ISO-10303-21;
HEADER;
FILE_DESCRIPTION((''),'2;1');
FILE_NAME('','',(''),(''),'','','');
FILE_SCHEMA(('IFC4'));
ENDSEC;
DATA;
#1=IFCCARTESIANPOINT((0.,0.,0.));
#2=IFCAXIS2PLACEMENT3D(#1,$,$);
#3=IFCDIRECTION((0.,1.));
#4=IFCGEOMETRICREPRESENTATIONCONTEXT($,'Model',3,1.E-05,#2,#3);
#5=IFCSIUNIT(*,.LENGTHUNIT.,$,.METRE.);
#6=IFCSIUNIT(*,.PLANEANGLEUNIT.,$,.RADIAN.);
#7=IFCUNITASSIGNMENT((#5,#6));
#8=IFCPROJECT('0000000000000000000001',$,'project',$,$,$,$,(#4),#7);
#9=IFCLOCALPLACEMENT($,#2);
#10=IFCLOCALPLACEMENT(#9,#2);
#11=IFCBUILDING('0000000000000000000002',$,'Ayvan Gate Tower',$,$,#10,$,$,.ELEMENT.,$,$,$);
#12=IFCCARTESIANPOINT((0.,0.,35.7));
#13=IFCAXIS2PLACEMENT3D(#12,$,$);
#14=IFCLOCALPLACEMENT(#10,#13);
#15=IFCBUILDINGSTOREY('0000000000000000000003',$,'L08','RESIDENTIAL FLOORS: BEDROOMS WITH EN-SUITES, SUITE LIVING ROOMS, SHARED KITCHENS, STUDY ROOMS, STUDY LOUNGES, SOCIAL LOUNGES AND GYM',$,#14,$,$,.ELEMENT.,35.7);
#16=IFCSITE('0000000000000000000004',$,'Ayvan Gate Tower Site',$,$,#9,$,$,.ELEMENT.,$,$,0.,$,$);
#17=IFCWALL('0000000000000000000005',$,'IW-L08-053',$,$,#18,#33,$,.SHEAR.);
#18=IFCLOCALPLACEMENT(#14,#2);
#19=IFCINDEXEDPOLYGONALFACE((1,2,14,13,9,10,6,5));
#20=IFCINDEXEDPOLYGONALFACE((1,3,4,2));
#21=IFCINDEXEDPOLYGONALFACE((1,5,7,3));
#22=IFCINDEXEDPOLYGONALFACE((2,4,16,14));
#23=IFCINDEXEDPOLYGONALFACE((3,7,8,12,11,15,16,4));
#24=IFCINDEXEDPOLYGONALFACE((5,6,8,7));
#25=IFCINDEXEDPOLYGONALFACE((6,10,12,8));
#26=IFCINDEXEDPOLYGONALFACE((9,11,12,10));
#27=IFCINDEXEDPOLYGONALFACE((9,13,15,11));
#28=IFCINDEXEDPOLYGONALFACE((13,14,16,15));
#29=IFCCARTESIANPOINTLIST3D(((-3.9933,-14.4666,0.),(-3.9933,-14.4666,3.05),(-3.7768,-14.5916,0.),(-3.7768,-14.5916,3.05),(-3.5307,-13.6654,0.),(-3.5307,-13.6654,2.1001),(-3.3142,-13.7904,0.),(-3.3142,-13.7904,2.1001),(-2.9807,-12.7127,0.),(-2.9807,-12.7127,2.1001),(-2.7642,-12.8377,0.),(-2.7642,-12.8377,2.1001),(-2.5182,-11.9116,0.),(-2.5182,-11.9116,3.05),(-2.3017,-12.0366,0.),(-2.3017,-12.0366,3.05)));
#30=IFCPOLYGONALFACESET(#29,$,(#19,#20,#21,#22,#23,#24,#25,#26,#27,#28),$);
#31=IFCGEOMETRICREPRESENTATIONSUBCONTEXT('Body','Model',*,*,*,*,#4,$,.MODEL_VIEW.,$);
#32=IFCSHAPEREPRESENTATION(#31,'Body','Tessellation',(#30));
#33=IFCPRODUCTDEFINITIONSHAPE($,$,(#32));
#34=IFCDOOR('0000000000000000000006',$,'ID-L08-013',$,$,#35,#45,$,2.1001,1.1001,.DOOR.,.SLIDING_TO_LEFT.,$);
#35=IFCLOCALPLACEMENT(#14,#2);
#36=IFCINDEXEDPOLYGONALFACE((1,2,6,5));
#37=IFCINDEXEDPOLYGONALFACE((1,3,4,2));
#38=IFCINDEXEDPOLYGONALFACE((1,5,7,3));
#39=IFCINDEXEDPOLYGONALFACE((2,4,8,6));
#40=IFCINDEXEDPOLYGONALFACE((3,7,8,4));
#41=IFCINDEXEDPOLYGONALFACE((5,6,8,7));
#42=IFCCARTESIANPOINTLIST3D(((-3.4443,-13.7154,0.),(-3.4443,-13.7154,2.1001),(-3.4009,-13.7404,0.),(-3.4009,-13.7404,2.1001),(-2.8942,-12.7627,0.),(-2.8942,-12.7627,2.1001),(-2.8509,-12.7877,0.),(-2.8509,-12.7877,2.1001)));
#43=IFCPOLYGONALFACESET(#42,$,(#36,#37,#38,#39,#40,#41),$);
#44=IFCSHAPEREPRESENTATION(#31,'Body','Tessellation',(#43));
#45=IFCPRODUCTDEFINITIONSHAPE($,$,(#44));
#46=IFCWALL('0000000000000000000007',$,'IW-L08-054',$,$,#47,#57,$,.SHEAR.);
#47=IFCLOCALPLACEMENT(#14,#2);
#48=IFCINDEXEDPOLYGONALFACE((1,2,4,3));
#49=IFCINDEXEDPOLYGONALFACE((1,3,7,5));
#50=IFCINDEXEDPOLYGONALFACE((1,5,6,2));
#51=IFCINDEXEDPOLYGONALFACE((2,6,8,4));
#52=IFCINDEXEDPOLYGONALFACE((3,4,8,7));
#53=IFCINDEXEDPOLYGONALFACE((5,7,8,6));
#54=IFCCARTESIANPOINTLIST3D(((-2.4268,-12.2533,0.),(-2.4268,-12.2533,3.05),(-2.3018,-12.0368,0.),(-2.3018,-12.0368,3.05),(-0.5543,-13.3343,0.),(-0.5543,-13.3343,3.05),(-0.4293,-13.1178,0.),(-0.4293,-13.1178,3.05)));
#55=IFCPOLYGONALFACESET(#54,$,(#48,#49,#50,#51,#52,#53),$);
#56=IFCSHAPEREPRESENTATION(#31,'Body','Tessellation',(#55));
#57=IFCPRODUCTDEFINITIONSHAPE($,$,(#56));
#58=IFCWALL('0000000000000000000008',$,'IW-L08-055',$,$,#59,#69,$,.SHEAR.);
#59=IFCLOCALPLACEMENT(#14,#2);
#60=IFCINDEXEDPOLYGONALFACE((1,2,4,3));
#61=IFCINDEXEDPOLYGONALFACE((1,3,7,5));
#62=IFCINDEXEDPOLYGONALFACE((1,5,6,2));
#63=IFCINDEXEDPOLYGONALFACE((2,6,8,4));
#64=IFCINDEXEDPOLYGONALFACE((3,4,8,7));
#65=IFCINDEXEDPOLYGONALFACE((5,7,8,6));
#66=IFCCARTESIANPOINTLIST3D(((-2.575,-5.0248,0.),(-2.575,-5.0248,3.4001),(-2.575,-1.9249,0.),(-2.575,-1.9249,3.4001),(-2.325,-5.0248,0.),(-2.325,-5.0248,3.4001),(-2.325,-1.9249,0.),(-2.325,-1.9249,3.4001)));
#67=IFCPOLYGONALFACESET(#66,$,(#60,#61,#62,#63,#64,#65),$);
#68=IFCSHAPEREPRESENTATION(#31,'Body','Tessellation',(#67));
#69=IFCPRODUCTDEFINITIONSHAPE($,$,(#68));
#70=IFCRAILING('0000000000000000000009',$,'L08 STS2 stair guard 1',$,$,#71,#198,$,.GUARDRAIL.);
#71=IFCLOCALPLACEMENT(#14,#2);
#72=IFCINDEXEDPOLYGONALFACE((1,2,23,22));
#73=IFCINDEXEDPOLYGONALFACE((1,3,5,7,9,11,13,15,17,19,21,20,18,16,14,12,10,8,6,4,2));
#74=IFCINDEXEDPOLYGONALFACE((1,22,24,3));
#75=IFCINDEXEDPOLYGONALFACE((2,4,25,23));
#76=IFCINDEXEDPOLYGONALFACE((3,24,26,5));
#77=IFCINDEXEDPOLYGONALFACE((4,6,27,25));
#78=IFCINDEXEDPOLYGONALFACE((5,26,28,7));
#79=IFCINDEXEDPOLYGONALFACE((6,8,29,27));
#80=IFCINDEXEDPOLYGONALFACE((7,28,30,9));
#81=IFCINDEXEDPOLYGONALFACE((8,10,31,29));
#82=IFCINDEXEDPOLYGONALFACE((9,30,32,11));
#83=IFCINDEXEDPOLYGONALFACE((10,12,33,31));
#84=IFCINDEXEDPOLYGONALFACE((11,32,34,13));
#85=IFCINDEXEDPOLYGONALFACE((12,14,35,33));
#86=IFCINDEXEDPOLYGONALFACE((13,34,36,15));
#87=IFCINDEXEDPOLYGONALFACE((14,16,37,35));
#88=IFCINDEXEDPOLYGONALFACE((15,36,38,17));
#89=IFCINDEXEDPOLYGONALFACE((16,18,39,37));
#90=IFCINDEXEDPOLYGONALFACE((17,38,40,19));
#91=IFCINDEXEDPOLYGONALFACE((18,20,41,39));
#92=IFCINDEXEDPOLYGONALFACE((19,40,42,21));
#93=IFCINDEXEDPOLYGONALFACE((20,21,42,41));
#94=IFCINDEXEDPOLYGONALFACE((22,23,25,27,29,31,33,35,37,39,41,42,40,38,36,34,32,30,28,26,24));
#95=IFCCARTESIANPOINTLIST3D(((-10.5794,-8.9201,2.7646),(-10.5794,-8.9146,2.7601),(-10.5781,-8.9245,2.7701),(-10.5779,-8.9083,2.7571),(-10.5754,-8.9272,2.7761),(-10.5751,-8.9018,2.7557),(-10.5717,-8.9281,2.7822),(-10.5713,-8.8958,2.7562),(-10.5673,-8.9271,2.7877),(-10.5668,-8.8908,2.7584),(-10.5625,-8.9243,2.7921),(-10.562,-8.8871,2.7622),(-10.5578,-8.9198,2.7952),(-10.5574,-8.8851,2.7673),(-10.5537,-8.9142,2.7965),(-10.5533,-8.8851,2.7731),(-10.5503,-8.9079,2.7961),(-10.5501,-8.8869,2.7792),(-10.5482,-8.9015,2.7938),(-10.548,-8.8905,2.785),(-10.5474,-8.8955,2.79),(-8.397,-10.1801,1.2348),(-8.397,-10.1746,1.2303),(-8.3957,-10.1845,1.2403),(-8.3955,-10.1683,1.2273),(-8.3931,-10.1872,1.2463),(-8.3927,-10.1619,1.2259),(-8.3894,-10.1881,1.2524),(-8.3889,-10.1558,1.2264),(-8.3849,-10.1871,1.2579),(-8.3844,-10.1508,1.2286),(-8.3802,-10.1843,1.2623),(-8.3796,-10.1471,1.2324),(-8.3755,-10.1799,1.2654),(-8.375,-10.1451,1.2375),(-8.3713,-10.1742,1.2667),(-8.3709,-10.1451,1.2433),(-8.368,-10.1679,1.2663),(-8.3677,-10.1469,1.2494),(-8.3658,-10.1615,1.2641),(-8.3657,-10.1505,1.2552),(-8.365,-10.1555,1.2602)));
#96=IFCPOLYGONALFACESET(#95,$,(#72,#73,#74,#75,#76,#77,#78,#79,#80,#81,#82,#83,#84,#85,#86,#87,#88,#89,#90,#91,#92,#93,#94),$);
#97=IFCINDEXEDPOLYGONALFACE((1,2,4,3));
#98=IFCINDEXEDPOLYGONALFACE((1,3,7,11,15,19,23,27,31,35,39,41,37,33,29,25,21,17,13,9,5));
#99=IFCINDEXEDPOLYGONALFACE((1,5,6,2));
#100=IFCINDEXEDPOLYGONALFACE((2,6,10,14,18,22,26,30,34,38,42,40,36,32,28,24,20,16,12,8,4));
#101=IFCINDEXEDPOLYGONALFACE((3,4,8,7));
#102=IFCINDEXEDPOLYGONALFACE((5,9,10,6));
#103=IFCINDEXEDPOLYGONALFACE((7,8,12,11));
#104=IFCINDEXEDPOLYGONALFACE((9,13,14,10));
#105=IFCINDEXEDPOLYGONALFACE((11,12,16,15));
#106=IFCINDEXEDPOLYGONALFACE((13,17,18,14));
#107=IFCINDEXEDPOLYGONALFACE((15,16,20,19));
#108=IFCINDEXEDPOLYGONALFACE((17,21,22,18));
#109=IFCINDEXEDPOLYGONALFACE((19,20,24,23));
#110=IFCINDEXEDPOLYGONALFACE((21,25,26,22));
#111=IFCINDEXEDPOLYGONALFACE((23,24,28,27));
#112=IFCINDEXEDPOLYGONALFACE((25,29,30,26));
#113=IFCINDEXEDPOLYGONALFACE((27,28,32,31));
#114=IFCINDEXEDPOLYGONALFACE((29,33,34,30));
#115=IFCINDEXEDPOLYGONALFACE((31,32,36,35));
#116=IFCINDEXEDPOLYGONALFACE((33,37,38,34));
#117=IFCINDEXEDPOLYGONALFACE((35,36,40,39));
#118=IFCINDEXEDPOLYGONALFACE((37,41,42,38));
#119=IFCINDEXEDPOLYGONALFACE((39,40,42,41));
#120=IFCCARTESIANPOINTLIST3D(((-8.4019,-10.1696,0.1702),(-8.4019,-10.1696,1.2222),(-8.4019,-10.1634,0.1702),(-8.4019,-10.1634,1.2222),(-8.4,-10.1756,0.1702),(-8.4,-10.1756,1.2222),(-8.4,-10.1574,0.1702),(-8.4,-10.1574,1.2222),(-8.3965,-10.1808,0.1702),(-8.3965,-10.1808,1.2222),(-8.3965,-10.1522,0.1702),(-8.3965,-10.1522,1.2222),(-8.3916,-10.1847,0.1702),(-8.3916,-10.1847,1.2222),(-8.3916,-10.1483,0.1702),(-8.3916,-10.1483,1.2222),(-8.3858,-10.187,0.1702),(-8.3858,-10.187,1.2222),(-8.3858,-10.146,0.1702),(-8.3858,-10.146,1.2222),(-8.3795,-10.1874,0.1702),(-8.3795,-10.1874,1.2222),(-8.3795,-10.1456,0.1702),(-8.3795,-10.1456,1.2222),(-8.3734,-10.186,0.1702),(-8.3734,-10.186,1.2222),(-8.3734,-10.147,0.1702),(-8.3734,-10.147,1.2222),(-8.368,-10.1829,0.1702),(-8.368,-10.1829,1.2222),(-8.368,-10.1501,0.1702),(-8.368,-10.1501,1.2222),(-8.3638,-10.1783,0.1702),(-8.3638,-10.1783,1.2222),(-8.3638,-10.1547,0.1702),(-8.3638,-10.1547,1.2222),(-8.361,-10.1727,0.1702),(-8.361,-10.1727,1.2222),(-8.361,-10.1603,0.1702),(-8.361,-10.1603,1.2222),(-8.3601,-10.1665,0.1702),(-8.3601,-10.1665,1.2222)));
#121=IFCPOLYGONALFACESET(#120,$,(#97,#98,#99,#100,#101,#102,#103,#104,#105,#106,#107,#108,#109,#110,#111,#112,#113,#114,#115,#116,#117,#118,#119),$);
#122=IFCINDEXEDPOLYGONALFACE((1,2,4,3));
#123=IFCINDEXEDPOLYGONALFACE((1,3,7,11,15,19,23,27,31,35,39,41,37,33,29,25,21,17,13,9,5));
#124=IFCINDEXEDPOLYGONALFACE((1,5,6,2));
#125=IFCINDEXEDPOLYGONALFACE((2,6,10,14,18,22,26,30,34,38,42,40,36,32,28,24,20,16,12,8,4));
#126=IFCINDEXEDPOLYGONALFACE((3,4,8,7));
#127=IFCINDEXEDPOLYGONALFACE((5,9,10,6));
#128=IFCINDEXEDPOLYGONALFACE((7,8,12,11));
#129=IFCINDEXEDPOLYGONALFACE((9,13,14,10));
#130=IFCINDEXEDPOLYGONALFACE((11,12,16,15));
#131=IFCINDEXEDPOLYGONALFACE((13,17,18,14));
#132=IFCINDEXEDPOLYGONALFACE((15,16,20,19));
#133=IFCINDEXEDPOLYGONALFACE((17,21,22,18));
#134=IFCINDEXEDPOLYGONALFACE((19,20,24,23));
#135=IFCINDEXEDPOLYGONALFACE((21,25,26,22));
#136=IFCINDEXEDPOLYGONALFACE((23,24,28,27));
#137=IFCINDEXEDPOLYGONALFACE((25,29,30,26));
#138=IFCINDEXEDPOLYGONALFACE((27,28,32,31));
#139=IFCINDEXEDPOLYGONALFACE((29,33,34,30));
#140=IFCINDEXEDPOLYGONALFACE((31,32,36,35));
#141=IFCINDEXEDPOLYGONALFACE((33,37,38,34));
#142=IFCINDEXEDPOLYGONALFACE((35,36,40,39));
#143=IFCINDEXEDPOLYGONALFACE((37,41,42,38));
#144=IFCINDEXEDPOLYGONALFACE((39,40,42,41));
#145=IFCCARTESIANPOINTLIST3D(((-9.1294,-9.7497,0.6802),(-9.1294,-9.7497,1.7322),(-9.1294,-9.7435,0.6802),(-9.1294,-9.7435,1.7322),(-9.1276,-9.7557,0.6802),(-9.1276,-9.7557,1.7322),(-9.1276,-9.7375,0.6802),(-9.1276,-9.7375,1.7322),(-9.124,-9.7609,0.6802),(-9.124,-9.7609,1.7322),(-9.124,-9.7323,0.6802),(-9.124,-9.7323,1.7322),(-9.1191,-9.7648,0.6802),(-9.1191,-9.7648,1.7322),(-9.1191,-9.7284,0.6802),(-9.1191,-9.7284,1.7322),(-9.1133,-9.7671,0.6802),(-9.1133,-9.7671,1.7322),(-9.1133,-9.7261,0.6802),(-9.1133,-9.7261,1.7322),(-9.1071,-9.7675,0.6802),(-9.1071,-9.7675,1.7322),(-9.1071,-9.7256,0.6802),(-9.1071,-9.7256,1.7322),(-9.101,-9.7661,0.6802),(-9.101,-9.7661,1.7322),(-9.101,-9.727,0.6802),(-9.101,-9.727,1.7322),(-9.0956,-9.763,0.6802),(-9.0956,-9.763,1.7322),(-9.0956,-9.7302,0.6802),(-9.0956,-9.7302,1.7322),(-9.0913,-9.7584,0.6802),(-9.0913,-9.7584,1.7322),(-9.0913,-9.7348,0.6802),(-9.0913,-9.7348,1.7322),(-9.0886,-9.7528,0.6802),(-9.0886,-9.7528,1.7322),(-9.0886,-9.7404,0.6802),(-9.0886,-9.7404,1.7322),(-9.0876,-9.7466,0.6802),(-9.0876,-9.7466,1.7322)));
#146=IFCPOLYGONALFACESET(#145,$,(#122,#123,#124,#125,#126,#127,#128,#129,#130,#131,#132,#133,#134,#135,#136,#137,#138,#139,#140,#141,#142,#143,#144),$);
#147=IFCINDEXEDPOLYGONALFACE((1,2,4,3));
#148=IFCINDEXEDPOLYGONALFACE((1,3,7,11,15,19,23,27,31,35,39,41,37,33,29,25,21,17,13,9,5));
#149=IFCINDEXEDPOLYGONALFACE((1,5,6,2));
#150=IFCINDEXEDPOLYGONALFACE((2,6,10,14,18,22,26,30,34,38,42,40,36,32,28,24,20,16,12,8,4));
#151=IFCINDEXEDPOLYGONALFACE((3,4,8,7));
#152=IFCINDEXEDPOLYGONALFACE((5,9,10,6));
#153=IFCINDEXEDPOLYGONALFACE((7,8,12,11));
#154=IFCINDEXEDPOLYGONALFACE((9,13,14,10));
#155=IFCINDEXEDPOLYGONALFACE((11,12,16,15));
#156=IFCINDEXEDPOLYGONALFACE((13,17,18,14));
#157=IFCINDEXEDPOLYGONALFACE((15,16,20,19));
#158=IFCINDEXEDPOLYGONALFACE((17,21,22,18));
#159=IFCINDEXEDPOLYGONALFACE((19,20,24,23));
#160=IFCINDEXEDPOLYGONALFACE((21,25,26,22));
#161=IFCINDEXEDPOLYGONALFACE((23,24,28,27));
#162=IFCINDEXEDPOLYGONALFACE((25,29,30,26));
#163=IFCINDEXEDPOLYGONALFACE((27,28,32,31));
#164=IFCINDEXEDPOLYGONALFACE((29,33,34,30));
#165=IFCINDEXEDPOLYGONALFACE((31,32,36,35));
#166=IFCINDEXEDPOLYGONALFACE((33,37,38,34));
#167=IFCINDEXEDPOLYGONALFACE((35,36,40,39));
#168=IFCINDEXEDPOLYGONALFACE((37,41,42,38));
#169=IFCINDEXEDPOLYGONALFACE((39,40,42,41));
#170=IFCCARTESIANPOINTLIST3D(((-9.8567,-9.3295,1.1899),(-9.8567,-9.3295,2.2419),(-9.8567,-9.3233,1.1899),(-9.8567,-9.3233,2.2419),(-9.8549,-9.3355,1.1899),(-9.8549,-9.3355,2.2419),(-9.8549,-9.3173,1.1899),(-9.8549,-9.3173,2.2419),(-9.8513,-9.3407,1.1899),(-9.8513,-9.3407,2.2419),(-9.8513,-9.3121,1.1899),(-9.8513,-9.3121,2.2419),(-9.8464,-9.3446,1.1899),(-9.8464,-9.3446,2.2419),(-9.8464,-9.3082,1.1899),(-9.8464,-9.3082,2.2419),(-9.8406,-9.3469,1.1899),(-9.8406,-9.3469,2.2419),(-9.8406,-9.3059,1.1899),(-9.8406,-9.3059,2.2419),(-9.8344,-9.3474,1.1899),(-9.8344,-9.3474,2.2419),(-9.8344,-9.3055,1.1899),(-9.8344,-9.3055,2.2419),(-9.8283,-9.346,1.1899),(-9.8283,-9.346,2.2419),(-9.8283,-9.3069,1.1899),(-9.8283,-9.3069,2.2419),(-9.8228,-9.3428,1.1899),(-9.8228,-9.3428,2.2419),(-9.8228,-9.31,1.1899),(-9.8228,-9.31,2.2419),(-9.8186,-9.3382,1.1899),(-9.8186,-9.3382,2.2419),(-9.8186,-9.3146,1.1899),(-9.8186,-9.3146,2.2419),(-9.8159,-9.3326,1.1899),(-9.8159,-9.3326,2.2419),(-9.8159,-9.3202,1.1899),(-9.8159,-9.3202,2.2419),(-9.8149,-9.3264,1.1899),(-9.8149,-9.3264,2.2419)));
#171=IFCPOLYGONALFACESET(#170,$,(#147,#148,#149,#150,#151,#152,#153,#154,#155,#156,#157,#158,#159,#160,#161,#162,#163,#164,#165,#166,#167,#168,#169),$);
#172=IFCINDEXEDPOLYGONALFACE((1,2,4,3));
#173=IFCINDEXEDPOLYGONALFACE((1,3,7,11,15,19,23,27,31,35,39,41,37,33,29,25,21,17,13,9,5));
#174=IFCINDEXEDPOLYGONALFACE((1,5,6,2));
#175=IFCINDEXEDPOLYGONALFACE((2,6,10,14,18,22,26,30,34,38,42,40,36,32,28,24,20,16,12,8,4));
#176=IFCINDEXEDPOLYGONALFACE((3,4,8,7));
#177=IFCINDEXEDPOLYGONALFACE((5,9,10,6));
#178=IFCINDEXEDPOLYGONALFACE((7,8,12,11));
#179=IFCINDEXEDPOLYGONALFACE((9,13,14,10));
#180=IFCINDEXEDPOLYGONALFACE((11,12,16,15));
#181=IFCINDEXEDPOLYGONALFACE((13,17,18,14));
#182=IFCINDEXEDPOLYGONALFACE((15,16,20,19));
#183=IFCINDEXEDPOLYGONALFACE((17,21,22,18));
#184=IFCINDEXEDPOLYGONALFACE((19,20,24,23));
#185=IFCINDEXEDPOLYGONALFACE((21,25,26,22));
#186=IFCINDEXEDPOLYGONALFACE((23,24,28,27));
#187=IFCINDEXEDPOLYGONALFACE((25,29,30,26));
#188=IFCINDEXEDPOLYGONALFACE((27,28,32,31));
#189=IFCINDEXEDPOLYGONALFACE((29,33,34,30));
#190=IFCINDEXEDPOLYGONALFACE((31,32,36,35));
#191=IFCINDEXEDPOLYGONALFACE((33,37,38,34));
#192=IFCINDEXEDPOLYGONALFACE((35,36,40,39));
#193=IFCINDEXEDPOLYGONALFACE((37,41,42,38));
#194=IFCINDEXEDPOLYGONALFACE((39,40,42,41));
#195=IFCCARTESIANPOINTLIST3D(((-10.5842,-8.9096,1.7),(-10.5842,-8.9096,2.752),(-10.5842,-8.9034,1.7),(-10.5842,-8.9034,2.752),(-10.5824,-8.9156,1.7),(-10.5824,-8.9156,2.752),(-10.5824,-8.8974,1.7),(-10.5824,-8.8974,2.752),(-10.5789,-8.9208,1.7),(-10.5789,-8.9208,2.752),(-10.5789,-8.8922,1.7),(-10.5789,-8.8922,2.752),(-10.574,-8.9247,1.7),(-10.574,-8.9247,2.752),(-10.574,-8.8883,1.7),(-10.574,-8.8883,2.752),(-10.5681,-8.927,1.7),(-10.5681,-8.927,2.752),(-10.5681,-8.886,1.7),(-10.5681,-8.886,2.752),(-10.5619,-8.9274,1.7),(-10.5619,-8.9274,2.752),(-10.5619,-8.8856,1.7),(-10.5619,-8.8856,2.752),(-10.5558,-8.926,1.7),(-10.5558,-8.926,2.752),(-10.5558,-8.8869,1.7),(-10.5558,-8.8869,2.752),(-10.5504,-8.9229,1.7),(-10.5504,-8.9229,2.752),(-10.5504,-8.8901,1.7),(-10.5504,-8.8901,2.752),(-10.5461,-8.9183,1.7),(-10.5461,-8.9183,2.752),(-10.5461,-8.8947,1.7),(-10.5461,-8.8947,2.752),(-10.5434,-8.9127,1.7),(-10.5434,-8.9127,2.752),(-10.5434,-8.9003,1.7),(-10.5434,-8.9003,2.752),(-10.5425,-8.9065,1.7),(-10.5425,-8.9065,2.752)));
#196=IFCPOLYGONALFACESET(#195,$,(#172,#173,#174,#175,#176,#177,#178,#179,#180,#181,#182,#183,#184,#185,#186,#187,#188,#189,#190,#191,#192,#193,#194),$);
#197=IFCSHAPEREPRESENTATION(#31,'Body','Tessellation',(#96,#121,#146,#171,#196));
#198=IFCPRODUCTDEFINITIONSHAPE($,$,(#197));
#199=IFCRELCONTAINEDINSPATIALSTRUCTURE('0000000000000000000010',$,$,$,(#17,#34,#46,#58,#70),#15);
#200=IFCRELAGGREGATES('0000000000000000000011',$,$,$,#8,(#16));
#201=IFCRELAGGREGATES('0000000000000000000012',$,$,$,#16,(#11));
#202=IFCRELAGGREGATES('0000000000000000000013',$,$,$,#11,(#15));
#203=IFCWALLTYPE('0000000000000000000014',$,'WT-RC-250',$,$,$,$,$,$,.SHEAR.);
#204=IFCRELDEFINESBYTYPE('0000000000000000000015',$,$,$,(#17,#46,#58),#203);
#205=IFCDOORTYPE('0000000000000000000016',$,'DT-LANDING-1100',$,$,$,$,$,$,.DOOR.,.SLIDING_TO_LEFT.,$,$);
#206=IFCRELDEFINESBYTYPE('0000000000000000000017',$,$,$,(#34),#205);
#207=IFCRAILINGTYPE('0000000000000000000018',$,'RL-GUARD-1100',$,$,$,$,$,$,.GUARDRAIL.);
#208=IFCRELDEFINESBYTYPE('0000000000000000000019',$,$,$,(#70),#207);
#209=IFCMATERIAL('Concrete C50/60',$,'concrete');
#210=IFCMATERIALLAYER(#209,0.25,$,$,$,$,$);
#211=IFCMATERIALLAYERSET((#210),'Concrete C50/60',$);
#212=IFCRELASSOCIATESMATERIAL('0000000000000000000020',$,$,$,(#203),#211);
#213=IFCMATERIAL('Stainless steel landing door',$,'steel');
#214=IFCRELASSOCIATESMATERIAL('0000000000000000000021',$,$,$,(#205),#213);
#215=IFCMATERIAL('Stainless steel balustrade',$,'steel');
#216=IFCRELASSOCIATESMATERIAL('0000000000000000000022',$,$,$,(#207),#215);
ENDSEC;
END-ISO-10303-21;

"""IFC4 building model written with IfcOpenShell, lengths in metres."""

from ifc_helpers import new_model, si_unit, direction, frame, frame_2d, origin, origin_2d, place, context, subcontext, project, spatial, rectangle, circle, extrude, material, layer, layer_set, type_object, element, fill, save


model = new_model("IFC4")

# Units and contexts
model_context = context("Model", 3, precision=1e-05, world=origin(), true_north=direction((0.0, 1.0)))
body_context = subcontext(model_context, "Body", "Model", "MODEL_VIEW")
ifc_project = project(units=[si_unit("LENGTHUNIT", "METRE"), si_unit("PLANEANGLEUNIT", "RADIAN")], contexts=[model_context])

# Site, building, storey
site_placement = place(None, origin())
site = spatial("IfcSite", under=ifc_project, at=site_placement, Name="Ayvan Gate Tower Site", CompositionType="ELEMENT", RefElevation=0.0)
building_placement = place(site_placement, origin())
building = spatial("IfcBuilding", under=site, at=building_placement, Name="Ayvan Gate Tower", CompositionType="ELEMENT")
storey_placement = place(building_placement, frame((0.0, 0.0, 35.7)))
storey = spatial("IfcBuildingStorey", under=building, at=storey_placement, Name="L08", Description="RESIDENTIAL FLOORS: BEDROOMS WITH EN-SUITES, SUITE LIVING ROOMS, SHARED KITCHENS, STUDY ROOMS, STUDY LOUNGES, SOCIAL LOUNGES AND GYM", CompositionType="ELEMENT", Elevation=35.7)

# Shared definitions
ifc_material_1 = material(Name="Concrete C50/60", Category="concrete")
ifc_layer_1 = layer(ifc_material_1, 0.25)
ifc_layer_set_1 = layer_set([ifc_layer_1], Name="Concrete C50/60")
wall_type_1 = type_object("IfcWallType", Name="WT-RC-250", PredefinedType="SHEAR", material=ifc_layer_set_1)

# Wall, opening, door
wall_1_placement = place(storey_placement, frame((-2.4099, -11.9741, 0.0), z_axis=(0.0, 0.0, 1.0), x_axis=(-0.500002, -0.866024, 0.0)))
wall_1 = element("IfcWall", 1, at=wall_1_placement, inside=storey, type_object=wall_type_1, Name="IW-L08-053", PredefinedType="SHEAR", context=body_context, shape_type="SweptSolid", body=[
    extrude(rectangle(XDim=2.9502, YDim=0.25, at=frame_2d((1.4751, 0.0))), origin(), (0.0, 0.0, 1.0), 3.05),
])
opening_1_placement = place(wall_1_placement, frame((0.925, 0.0, 0.0)))
opening_1 = element("IfcOpeningElement", 2, at=opening_1_placement, cuts=wall_1, PredefinedType="OPENING", context=body_context, shape_type="SweptSolid", body=[
    extrude(rectangle(XDim=1.1001, YDim=2.1001, at=frame_2d((0.55, 1.05))), frame((0.0, 0.135, 0.0), z_axis=(0.0, -1.0, 0.0), x_axis=(1.0, 0.0, 0.0)), (0.0, 0.0, 1.0), 0.27),
])
ifc_material_2 = material(Name="Stainless steel landing door", Category="steel")
door_type_1 = type_object("IfcDoorType", Name="DT-LANDING-1100", OperationType="SLIDING_TO_LEFT", PredefinedType="DOOR", material=ifc_material_2)
door_1_placement = place(opening_1_placement, origin())
door_1 = element("IfcDoor", 3, at=door_1_placement, inside=storey, type_object=door_type_1, Name="ID-L08-013", OperationType="SLIDING_TO_LEFT", OverallHeight=2.1001, OverallWidth=1.1001, PredefinedType="DOOR", context=body_context, shape_type="SweptSolid", body=[
    extrude(rectangle(XDim=1.1001, YDim=2.1001, at=frame_2d((0.55, 1.05))), frame((0.0, 0.0249, 0.0), z_axis=(0.0, -1.0, 0.0), x_axis=(1.0, 0.0, 0.0)), (0.0, 0.0, 1.0), 0.05),
])
fill(opening_1, door_1)

# Walls
wall_2_placement = place(storey_placement, frame((-2.3643, -12.145, 0.0), z_axis=(0.0, 0.0, 1.0), x_axis=(0.866039, -0.499977, 0.0)))
element("IfcWall", 4, at=wall_2_placement, inside=storey, type_object=wall_type_1, Name="IW-L08-054", PredefinedType="SHEAR", context=body_context, shape_type="SweptSolid", body=[
    extrude(rectangle(XDim=2.1621, YDim=0.25, at=frame_2d((1.0811, 0.0))), origin(), (0.0, 0.0, 1.0), 3.05),
])
wall_3_placement = place(storey_placement, frame((-2.45, -1.925, 0.0), z_axis=(0.0, 0.0, 1.0), x_axis=(0.0, -1.0, 0.0)))
element("IfcWall", 5, at=wall_3_placement, inside=storey, type_object=wall_type_1, Name="IW-L08-055", PredefinedType="SHEAR", context=body_context, shape_type="SweptSolid", body=[
    extrude(rectangle(XDim=3.0999, YDim=0.25, at=frame_2d((1.5498, 0.0))), origin(), (0.0, 0.0, 1.0), 3.4001),
])

# Railing
ifc_material_3 = material(Name="Stainless steel balustrade", Category="steel")
railing_type_1 = type_object("IfcRailingType", Name="RL-GUARD-1100", PredefinedType="GUARDRAIL", material=ifc_material_3)
railing_1_placement = place(storey_placement, frame((-8.3811, -10.1665, 0.1702)))
element("IfcRailing", 6, at=railing_1_placement, inside=storey, type_object=railing_type_1, Name="L08 STS2 stair guard 1", PredefinedType="GUARDRAIL", context=body_context, shape_type="SweptSolid", body=[
    extrude(circle(Radius=0.0239, at=origin_2d()), frame((0.0, 0.0, 1.0762), z_axis=(-0.740293, 0.427414, 0.518926), x_axis=(-0.500005, -0.866023, 0.0)), (0.0, 0.0, 1.0), 2.948),
    extrude(circle(Radius=0.021, at=origin_2d()), origin(), (0.0, 0.0, 1.0), 1.052),
    extrude(circle(Radius=0.021, at=origin_2d()), frame((-0.7275, 0.4199, 0.51)), (0.0, 0.0, 1.0), 1.052),
    extrude(circle(Radius=0.021, at=origin_2d()), frame((-1.4548, 0.8401, 1.0198)), (0.0, 0.0, 1.0), 1.052),
    extrude(circle(Radius=0.021, at=origin_2d()), frame((-2.1824, 1.26, 1.5298)), (0.0, 0.0, 1.0), 1.052),
])

save(model, "model.ifc")
